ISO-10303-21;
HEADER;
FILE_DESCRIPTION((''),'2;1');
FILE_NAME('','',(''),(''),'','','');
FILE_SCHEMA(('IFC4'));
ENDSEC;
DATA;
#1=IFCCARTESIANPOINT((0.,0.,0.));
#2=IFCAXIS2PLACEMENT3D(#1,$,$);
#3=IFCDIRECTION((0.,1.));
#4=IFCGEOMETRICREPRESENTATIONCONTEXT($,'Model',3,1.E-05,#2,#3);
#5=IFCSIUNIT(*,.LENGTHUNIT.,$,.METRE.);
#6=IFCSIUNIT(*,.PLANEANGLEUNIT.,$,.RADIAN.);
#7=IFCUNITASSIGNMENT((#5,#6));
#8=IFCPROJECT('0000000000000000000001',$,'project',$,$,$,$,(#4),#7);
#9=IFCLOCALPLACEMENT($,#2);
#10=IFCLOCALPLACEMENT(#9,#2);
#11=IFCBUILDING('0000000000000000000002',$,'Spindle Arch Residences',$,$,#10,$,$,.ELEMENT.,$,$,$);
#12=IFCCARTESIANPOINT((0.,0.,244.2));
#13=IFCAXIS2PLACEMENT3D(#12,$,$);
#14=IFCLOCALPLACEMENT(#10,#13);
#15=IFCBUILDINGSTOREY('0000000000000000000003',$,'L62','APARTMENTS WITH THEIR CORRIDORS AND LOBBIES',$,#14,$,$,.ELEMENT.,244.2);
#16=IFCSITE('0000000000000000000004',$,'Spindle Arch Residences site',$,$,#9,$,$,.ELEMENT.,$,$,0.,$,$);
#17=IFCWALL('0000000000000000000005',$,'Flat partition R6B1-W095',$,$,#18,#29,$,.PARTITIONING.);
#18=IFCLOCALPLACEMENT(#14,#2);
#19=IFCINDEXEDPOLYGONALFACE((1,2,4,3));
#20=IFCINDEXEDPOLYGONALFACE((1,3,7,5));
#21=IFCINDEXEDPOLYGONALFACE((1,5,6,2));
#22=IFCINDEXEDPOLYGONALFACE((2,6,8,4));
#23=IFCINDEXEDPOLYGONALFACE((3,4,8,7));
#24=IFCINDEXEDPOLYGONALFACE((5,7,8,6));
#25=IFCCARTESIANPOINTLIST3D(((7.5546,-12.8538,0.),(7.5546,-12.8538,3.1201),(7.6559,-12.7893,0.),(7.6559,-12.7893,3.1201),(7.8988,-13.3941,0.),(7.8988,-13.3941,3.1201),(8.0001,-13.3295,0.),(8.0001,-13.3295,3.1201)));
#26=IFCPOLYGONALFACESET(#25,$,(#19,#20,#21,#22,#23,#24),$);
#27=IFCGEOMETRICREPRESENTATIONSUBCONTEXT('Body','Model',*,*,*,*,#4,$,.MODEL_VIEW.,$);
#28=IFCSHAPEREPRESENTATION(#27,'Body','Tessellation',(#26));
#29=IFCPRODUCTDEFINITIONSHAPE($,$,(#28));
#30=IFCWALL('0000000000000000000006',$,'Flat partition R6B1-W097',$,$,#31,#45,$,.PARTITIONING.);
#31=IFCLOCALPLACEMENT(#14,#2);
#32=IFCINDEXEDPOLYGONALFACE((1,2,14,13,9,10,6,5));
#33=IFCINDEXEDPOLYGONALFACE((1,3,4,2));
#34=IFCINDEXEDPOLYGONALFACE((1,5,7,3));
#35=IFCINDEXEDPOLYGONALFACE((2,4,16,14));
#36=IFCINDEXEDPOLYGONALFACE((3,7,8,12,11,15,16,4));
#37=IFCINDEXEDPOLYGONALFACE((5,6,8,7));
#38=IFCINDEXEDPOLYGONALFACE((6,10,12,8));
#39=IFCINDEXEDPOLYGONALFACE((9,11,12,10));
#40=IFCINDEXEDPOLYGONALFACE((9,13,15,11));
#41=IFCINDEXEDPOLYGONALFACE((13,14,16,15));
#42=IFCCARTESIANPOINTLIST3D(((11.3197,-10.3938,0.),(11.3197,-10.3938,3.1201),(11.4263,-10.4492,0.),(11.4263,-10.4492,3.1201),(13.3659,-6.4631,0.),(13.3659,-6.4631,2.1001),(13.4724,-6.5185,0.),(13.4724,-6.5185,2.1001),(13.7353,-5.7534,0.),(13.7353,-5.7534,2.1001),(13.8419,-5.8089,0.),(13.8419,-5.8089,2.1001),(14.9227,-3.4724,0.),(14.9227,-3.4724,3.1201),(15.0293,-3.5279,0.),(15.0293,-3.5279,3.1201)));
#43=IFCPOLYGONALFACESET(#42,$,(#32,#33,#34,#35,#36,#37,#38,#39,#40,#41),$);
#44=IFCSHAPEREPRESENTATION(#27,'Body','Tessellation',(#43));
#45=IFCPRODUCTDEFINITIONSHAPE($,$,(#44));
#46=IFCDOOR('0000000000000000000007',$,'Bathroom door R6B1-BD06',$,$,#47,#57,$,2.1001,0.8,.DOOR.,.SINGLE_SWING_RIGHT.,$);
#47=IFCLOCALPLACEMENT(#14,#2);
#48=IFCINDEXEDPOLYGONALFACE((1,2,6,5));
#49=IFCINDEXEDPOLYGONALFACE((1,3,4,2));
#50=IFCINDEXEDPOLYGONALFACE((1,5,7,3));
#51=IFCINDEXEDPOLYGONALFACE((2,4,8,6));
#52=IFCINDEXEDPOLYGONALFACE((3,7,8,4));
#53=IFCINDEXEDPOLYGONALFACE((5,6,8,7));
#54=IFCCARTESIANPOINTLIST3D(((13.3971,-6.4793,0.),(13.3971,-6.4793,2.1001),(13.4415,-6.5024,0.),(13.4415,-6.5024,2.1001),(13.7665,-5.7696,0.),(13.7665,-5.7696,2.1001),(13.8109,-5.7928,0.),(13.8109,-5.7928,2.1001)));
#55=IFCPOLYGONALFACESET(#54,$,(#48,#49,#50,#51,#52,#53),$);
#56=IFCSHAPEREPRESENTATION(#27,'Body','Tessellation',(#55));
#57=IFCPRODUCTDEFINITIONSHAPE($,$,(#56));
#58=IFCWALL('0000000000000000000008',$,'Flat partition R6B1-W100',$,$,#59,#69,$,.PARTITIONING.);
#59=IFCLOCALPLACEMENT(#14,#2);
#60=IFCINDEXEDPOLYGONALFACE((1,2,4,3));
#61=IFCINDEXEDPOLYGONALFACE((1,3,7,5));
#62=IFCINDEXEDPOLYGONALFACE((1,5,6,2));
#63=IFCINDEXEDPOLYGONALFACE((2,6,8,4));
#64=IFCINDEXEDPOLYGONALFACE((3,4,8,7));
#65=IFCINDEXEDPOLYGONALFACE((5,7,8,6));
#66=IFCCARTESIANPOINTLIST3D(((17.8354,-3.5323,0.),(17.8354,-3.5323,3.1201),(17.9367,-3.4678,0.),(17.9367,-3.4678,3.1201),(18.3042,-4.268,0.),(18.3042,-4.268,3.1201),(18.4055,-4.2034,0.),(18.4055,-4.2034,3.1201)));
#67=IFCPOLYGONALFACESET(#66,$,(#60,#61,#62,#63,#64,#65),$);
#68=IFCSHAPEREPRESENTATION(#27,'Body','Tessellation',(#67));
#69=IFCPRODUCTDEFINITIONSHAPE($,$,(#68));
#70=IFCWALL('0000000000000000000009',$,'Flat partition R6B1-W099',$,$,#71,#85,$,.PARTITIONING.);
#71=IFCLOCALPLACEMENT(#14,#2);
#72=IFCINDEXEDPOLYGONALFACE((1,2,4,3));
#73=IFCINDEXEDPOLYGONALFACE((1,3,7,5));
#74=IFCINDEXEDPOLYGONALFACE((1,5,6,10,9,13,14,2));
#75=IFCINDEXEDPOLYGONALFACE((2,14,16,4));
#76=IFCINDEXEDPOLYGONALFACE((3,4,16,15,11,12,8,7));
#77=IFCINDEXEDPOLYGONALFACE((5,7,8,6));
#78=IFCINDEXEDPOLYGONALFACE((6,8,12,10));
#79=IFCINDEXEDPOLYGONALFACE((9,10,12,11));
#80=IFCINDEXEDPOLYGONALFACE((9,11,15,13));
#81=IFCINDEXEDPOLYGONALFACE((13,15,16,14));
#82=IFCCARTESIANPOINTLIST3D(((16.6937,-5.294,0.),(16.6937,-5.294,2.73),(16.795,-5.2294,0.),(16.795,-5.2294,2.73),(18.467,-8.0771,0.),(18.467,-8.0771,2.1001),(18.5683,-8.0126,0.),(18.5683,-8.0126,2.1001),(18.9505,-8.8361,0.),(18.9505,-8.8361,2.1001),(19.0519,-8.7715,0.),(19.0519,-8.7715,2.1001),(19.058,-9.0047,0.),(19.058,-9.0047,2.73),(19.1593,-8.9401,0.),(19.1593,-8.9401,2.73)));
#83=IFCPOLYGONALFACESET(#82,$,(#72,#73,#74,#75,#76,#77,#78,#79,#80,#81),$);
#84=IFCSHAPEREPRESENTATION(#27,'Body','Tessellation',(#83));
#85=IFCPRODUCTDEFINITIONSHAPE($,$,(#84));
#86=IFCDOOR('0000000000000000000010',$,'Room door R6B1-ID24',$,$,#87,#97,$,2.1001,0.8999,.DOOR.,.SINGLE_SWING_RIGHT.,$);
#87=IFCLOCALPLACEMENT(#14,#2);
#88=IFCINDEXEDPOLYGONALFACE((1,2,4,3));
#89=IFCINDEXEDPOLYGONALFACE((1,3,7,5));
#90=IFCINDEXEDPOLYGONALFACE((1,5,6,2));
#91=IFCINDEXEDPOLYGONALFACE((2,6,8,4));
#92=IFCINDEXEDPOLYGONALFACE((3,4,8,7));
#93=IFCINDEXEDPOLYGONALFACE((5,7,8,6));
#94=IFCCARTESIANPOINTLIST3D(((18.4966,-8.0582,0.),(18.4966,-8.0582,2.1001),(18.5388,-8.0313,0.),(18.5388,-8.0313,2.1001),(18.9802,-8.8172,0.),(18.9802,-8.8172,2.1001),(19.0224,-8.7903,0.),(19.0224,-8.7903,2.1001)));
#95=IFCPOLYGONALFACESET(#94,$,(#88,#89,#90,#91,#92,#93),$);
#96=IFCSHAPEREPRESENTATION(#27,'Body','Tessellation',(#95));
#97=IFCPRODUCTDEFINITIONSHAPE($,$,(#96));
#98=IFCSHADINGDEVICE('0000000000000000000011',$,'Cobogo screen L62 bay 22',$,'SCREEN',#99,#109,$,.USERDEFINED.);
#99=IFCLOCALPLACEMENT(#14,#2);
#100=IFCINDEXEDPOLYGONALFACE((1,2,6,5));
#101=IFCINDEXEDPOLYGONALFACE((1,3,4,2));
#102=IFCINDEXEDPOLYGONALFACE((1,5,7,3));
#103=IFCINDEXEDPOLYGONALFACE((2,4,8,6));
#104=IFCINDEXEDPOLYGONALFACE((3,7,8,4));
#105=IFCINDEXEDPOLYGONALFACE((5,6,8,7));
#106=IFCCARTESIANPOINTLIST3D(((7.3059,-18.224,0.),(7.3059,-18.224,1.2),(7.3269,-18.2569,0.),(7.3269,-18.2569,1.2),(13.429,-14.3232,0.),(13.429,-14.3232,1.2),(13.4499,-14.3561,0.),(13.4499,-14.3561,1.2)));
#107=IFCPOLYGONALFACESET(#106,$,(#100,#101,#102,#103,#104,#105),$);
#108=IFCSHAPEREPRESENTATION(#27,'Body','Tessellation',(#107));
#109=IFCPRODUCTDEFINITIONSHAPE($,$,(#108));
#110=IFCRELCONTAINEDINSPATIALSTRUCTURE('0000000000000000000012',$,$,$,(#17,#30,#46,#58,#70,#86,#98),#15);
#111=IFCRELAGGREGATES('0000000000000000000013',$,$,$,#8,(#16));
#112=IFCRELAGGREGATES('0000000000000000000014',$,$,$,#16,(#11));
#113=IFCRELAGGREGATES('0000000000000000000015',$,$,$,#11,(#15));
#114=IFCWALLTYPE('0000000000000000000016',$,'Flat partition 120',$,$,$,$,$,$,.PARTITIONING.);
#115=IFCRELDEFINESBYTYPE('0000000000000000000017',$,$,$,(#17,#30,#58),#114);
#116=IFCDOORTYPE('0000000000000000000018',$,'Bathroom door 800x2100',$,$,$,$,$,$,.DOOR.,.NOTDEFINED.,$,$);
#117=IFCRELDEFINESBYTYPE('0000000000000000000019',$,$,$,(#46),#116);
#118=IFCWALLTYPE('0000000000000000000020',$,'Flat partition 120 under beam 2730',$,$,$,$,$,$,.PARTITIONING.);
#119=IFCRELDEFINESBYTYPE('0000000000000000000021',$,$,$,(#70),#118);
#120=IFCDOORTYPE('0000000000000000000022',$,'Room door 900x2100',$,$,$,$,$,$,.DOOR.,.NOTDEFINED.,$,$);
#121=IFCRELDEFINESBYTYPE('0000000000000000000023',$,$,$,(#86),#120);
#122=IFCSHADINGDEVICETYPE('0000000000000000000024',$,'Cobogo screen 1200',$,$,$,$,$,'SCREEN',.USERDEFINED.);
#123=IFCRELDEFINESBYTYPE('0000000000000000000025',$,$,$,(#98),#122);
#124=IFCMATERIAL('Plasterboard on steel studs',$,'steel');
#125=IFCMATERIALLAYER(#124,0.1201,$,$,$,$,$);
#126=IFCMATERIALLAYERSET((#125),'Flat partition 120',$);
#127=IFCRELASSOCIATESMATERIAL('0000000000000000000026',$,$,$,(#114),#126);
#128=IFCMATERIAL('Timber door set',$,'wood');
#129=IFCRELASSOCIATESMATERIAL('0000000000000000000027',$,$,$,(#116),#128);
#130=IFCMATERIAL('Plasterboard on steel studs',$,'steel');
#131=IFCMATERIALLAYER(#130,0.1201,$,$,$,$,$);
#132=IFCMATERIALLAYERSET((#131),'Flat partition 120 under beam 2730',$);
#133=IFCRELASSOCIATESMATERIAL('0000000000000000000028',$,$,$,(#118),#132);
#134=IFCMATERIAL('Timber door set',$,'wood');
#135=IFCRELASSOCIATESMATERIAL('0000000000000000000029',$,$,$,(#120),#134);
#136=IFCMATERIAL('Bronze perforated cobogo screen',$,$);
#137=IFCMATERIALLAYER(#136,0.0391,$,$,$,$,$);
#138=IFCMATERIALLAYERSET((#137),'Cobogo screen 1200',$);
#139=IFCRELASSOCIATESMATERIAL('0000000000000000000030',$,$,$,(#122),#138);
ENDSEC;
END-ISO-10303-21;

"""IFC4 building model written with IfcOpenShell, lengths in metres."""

from ifc_helpers import new_model, si_unit, direction, frame, frame_2d, origin, origin_2d, place, context, subcontext, project, spatial, rectangle, extrude, material, layer, layer_set, type_object, element, fill, save


model = new_model("IFC4")

# Units and contexts
model_context = context("Model", 3, precision=1e-05, world=origin(), true_north=direction((0.0, 1.0)))
body_context = subcontext(model_context, "Body", "Model", "MODEL_VIEW")
ifc_project = project(units=[si_unit("LENGTHUNIT", "METRE"), si_unit("PLANEANGLEUNIT", "RADIAN")], contexts=[model_context])

# Site, building, storey
site_placement = place(None, origin())
site = spatial("IfcSite", under=ifc_project, at=site_placement, Name="Spindle Arch Residences site", CompositionType="ELEMENT", RefElevation=0.0)
building_placement = place(site_placement, origin())
building = spatial("IfcBuilding", under=site, at=building_placement, Name="Spindle Arch Residences", CompositionType="ELEMENT")
storey_placement = place(building_placement, frame((0.0, 0.0, 244.2)))
storey = spatial("IfcBuildingStorey", under=building, at=storey_placement, Name="L62", Description="APARTMENTS WITH THEIR CORRIDORS AND LOBBIES", CompositionType="ELEMENT", Elevation=244.2)

# Wall
ifc_material_1 = material(Name="Plasterboard on steel studs", Category="steel")
ifc_layer_1 = layer(ifc_material_1, 0.1201)
ifc_layer_set_1 = layer_set([ifc_layer_1], Name="Flat partition 120")
wall_type_1 = type_object("IfcWallType", Name="Flat partition 120", PredefinedType="PARTITIONING", material=ifc_layer_set_1)
wall_1_placement = place(storey_placement, frame((7.9495, -13.3618, 0.0), z_axis=(0.0, 0.0, 1.0), x_axis=(-0.537344, 0.843363, 0.0)))
element("IfcWall", 1, at=wall_1_placement, inside=storey, type_object=wall_type_1, Name="Flat partition R6B1-W095", PredefinedType="PARTITIONING", context=body_context, shape_type="SweptSolid", body=[
    extrude(rectangle(XDim=0.6406, YDim=0.1201, at=frame_2d((0.3203, 0.0))), origin(), (0.0, 0.0, 1.0), 3.1201),
])

# Wall, opening, door
wall_2_placement = place(storey_placement, frame((11.373, -10.4214, 0.0), z_axis=(0.0, 0.0, 1.0), x_axis=(0.461747, 0.887012, 0.0)))
wall_2 = element("IfcWall", 2, at=wall_2_placement, inside=storey, type_object=wall_type_1, Name="Flat partition R6B1-W097", PredefinedType="PARTITIONING", context=body_context, shape_type="SweptSolid", body=[
    extrude(rectangle(XDim=7.803, YDim=0.1201, at=frame_2d((3.9014, 0.0))), origin(), (0.0, 0.0, 1.0), 3.1201),
])
opening_1_placement = place(wall_2_placement, frame((4.4314, 0.0, 0.0)))
opening_1 = element("IfcOpeningElement", 3, at=opening_1_placement, cuts=wall_2, PredefinedType="OPENING", context=body_context, shape_type="SweptSolid", body=[
    extrude(rectangle(XDim=0.8, YDim=2.1001, at=frame_2d((0.3999, 1.05))), frame((0.0, 0.0701, 0.0), z_axis=(0.0, -1.0, 0.0), x_axis=(1.0, 0.0, 0.0)), (0.0, 0.0, 1.0), 0.1401),
])
ifc_material_2 = material(Name="Timber door set", Category="wood")
door_type_1 = type_object("IfcDoorType", Name="Bathroom door 800x2100", OperationType="NOTDEFINED", PredefinedType="DOOR", material=ifc_material_2)
door_1_placement = place(opening_1_placement, origin())
door_1 = element("IfcDoor", 4, at=door_1_placement, inside=storey, type_object=door_type_1, Name="Bathroom door R6B1-BD06", OperationType="SINGLE_SWING_RIGHT", OverallHeight=2.1001, OverallWidth=0.8, PredefinedType="DOOR", context=body_context, shape_type="SweptSolid", body=[
    extrude(rectangle(XDim=0.8, YDim=2.1001, at=frame_2d((0.3999, 1.05))), frame((0.0, 0.0249, 0.0), z_axis=(0.0, -1.0, 0.0), x_axis=(1.0, 0.0, 0.0)), (0.0, 0.0, 1.0), 0.05),
])
fill(opening_1, door_1)

# Wall
wall_3_placement = place(storey_placement, frame((18.3547, -4.2356, 0.0), z_axis=(0.0, 0.0, 1.0), x_axis=(-0.537401, 0.843327, 0.0)))
element("IfcWall", 5, at=wall_3_placement, inside=storey, type_object=wall_type_1, Name="Flat partition R6B1-W100", PredefinedType="PARTITIONING", context=body_context, shape_type="SweptSolid", body=[
    extrude(rectangle(XDim=0.8723, YDim=0.1201, at=frame_2d((0.436, 0.0))), origin(), (0.0, 0.0, 1.0), 3.1201),
])

# Wall, opening, door
ifc_material_3 = material(Name="Plasterboard on steel studs", Category="steel")
ifc_layer_2 = layer(ifc_material_3, 0.1201)
ifc_layer_set_2 = layer_set([ifc_layer_2], Name="Flat partition 120 under beam 2730")
wall_type_2 = type_object("IfcWallType", Name="Flat partition 120 under beam 2730", PredefinedType="PARTITIONING", material=ifc_layer_set_2)
wall_4_placement = place(storey_placement, frame((19.1086, -8.9724, 0.0), z_axis=(0.0, 0.0, 1.0), x_axis=(-0.537346, 0.843362, 0.0)))
wall_4 = element("IfcWall", 6, at=wall_4_placement, inside=storey, type_object=wall_type_2, Name="Flat partition R6B1-W099", PredefinedType="PARTITIONING", context=body_context, shape_type="SweptSolid", body=[
    extrude(rectangle(XDim=4.3999, YDim=0.1201, at=frame_2d((2.2, 0.0))), origin(), (0.0, 0.0, 1.0), 2.73),
])
opening_2_placement = place(wall_4_placement, frame((0.2, 0.0, 0.0)))
opening_2 = element("IfcOpeningElement", 7, at=opening_2_placement, cuts=wall_4, PredefinedType="OPENING", context=body_context, shape_type="SweptSolid", body=[
    extrude(rectangle(XDim=0.8999, YDim=2.1001, at=frame_2d((0.45, 1.05))), frame((0.0, 0.0701, 0.0), z_axis=(0.0, -1.0, 0.0), x_axis=(1.0, 0.0, 0.0)), (0.0, 0.0, 1.0), 0.1401),
])
ifc_material_4 = material(Name="Timber door set", Category="wood")
door_type_2 = type_object("IfcDoorType", Name="Room door 900x2100", OperationType="NOTDEFINED", PredefinedType="DOOR", material=ifc_material_4)
door_2_placement = place(opening_2_placement, origin())
door_2 = element("IfcDoor", 8, at=door_2_placement, inside=storey, type_object=door_type_2, Name="Room door R6B1-ID24", OperationType="SINGLE_SWING_RIGHT", OverallHeight=2.1001, OverallWidth=0.8999, PredefinedType="DOOR", context=body_context, shape_type="SweptSolid", body=[
    extrude(rectangle(XDim=0.8999, YDim=2.1001, at=frame_2d((0.45, 1.05))), frame((0.0, 0.0249, 0.0), z_axis=(0.0, -1.0, 0.0), x_axis=(1.0, 0.0, 0.0)), (0.0, 0.0, 1.0), 0.05),
])
fill(opening_2, door_2)

# Shading device
ifc_material_5 = material(Name="Bronze perforated cobogo screen")
ifc_layer_3 = layer(ifc_material_5, 0.0391)
ifc_layer_set_3 = layer_set([ifc_layer_3], Name="Cobogo screen 1200")
shading_device_type = type_object("IfcShadingDeviceType", Name="Cobogo screen 1200", ElementType="SCREEN", PredefinedType="USERDEFINED", material=ifc_layer_set_3)
shading_device_placement = place(storey_placement, frame((10.3779, -16.29, 0.0), z_axis=(0.0, 0.0, 1.0), x_axis=(0.843391, 0.5373, 0.0)))
element("IfcShadingDevice", 9, at=shading_device_placement, inside=storey, type_object=shading_device_type, Name="Cobogo screen L62 bay 22", ObjectType="SCREEN", PredefinedType="USERDEFINED", context=body_context, shape_type="SweptSolid", body=[
    extrude(rectangle(XDim=7.26, YDim=0.0391, at=origin_2d()), origin(), (0.0, 0.0, 1.0), 1.2),
])

save(model, "model.ifc")
